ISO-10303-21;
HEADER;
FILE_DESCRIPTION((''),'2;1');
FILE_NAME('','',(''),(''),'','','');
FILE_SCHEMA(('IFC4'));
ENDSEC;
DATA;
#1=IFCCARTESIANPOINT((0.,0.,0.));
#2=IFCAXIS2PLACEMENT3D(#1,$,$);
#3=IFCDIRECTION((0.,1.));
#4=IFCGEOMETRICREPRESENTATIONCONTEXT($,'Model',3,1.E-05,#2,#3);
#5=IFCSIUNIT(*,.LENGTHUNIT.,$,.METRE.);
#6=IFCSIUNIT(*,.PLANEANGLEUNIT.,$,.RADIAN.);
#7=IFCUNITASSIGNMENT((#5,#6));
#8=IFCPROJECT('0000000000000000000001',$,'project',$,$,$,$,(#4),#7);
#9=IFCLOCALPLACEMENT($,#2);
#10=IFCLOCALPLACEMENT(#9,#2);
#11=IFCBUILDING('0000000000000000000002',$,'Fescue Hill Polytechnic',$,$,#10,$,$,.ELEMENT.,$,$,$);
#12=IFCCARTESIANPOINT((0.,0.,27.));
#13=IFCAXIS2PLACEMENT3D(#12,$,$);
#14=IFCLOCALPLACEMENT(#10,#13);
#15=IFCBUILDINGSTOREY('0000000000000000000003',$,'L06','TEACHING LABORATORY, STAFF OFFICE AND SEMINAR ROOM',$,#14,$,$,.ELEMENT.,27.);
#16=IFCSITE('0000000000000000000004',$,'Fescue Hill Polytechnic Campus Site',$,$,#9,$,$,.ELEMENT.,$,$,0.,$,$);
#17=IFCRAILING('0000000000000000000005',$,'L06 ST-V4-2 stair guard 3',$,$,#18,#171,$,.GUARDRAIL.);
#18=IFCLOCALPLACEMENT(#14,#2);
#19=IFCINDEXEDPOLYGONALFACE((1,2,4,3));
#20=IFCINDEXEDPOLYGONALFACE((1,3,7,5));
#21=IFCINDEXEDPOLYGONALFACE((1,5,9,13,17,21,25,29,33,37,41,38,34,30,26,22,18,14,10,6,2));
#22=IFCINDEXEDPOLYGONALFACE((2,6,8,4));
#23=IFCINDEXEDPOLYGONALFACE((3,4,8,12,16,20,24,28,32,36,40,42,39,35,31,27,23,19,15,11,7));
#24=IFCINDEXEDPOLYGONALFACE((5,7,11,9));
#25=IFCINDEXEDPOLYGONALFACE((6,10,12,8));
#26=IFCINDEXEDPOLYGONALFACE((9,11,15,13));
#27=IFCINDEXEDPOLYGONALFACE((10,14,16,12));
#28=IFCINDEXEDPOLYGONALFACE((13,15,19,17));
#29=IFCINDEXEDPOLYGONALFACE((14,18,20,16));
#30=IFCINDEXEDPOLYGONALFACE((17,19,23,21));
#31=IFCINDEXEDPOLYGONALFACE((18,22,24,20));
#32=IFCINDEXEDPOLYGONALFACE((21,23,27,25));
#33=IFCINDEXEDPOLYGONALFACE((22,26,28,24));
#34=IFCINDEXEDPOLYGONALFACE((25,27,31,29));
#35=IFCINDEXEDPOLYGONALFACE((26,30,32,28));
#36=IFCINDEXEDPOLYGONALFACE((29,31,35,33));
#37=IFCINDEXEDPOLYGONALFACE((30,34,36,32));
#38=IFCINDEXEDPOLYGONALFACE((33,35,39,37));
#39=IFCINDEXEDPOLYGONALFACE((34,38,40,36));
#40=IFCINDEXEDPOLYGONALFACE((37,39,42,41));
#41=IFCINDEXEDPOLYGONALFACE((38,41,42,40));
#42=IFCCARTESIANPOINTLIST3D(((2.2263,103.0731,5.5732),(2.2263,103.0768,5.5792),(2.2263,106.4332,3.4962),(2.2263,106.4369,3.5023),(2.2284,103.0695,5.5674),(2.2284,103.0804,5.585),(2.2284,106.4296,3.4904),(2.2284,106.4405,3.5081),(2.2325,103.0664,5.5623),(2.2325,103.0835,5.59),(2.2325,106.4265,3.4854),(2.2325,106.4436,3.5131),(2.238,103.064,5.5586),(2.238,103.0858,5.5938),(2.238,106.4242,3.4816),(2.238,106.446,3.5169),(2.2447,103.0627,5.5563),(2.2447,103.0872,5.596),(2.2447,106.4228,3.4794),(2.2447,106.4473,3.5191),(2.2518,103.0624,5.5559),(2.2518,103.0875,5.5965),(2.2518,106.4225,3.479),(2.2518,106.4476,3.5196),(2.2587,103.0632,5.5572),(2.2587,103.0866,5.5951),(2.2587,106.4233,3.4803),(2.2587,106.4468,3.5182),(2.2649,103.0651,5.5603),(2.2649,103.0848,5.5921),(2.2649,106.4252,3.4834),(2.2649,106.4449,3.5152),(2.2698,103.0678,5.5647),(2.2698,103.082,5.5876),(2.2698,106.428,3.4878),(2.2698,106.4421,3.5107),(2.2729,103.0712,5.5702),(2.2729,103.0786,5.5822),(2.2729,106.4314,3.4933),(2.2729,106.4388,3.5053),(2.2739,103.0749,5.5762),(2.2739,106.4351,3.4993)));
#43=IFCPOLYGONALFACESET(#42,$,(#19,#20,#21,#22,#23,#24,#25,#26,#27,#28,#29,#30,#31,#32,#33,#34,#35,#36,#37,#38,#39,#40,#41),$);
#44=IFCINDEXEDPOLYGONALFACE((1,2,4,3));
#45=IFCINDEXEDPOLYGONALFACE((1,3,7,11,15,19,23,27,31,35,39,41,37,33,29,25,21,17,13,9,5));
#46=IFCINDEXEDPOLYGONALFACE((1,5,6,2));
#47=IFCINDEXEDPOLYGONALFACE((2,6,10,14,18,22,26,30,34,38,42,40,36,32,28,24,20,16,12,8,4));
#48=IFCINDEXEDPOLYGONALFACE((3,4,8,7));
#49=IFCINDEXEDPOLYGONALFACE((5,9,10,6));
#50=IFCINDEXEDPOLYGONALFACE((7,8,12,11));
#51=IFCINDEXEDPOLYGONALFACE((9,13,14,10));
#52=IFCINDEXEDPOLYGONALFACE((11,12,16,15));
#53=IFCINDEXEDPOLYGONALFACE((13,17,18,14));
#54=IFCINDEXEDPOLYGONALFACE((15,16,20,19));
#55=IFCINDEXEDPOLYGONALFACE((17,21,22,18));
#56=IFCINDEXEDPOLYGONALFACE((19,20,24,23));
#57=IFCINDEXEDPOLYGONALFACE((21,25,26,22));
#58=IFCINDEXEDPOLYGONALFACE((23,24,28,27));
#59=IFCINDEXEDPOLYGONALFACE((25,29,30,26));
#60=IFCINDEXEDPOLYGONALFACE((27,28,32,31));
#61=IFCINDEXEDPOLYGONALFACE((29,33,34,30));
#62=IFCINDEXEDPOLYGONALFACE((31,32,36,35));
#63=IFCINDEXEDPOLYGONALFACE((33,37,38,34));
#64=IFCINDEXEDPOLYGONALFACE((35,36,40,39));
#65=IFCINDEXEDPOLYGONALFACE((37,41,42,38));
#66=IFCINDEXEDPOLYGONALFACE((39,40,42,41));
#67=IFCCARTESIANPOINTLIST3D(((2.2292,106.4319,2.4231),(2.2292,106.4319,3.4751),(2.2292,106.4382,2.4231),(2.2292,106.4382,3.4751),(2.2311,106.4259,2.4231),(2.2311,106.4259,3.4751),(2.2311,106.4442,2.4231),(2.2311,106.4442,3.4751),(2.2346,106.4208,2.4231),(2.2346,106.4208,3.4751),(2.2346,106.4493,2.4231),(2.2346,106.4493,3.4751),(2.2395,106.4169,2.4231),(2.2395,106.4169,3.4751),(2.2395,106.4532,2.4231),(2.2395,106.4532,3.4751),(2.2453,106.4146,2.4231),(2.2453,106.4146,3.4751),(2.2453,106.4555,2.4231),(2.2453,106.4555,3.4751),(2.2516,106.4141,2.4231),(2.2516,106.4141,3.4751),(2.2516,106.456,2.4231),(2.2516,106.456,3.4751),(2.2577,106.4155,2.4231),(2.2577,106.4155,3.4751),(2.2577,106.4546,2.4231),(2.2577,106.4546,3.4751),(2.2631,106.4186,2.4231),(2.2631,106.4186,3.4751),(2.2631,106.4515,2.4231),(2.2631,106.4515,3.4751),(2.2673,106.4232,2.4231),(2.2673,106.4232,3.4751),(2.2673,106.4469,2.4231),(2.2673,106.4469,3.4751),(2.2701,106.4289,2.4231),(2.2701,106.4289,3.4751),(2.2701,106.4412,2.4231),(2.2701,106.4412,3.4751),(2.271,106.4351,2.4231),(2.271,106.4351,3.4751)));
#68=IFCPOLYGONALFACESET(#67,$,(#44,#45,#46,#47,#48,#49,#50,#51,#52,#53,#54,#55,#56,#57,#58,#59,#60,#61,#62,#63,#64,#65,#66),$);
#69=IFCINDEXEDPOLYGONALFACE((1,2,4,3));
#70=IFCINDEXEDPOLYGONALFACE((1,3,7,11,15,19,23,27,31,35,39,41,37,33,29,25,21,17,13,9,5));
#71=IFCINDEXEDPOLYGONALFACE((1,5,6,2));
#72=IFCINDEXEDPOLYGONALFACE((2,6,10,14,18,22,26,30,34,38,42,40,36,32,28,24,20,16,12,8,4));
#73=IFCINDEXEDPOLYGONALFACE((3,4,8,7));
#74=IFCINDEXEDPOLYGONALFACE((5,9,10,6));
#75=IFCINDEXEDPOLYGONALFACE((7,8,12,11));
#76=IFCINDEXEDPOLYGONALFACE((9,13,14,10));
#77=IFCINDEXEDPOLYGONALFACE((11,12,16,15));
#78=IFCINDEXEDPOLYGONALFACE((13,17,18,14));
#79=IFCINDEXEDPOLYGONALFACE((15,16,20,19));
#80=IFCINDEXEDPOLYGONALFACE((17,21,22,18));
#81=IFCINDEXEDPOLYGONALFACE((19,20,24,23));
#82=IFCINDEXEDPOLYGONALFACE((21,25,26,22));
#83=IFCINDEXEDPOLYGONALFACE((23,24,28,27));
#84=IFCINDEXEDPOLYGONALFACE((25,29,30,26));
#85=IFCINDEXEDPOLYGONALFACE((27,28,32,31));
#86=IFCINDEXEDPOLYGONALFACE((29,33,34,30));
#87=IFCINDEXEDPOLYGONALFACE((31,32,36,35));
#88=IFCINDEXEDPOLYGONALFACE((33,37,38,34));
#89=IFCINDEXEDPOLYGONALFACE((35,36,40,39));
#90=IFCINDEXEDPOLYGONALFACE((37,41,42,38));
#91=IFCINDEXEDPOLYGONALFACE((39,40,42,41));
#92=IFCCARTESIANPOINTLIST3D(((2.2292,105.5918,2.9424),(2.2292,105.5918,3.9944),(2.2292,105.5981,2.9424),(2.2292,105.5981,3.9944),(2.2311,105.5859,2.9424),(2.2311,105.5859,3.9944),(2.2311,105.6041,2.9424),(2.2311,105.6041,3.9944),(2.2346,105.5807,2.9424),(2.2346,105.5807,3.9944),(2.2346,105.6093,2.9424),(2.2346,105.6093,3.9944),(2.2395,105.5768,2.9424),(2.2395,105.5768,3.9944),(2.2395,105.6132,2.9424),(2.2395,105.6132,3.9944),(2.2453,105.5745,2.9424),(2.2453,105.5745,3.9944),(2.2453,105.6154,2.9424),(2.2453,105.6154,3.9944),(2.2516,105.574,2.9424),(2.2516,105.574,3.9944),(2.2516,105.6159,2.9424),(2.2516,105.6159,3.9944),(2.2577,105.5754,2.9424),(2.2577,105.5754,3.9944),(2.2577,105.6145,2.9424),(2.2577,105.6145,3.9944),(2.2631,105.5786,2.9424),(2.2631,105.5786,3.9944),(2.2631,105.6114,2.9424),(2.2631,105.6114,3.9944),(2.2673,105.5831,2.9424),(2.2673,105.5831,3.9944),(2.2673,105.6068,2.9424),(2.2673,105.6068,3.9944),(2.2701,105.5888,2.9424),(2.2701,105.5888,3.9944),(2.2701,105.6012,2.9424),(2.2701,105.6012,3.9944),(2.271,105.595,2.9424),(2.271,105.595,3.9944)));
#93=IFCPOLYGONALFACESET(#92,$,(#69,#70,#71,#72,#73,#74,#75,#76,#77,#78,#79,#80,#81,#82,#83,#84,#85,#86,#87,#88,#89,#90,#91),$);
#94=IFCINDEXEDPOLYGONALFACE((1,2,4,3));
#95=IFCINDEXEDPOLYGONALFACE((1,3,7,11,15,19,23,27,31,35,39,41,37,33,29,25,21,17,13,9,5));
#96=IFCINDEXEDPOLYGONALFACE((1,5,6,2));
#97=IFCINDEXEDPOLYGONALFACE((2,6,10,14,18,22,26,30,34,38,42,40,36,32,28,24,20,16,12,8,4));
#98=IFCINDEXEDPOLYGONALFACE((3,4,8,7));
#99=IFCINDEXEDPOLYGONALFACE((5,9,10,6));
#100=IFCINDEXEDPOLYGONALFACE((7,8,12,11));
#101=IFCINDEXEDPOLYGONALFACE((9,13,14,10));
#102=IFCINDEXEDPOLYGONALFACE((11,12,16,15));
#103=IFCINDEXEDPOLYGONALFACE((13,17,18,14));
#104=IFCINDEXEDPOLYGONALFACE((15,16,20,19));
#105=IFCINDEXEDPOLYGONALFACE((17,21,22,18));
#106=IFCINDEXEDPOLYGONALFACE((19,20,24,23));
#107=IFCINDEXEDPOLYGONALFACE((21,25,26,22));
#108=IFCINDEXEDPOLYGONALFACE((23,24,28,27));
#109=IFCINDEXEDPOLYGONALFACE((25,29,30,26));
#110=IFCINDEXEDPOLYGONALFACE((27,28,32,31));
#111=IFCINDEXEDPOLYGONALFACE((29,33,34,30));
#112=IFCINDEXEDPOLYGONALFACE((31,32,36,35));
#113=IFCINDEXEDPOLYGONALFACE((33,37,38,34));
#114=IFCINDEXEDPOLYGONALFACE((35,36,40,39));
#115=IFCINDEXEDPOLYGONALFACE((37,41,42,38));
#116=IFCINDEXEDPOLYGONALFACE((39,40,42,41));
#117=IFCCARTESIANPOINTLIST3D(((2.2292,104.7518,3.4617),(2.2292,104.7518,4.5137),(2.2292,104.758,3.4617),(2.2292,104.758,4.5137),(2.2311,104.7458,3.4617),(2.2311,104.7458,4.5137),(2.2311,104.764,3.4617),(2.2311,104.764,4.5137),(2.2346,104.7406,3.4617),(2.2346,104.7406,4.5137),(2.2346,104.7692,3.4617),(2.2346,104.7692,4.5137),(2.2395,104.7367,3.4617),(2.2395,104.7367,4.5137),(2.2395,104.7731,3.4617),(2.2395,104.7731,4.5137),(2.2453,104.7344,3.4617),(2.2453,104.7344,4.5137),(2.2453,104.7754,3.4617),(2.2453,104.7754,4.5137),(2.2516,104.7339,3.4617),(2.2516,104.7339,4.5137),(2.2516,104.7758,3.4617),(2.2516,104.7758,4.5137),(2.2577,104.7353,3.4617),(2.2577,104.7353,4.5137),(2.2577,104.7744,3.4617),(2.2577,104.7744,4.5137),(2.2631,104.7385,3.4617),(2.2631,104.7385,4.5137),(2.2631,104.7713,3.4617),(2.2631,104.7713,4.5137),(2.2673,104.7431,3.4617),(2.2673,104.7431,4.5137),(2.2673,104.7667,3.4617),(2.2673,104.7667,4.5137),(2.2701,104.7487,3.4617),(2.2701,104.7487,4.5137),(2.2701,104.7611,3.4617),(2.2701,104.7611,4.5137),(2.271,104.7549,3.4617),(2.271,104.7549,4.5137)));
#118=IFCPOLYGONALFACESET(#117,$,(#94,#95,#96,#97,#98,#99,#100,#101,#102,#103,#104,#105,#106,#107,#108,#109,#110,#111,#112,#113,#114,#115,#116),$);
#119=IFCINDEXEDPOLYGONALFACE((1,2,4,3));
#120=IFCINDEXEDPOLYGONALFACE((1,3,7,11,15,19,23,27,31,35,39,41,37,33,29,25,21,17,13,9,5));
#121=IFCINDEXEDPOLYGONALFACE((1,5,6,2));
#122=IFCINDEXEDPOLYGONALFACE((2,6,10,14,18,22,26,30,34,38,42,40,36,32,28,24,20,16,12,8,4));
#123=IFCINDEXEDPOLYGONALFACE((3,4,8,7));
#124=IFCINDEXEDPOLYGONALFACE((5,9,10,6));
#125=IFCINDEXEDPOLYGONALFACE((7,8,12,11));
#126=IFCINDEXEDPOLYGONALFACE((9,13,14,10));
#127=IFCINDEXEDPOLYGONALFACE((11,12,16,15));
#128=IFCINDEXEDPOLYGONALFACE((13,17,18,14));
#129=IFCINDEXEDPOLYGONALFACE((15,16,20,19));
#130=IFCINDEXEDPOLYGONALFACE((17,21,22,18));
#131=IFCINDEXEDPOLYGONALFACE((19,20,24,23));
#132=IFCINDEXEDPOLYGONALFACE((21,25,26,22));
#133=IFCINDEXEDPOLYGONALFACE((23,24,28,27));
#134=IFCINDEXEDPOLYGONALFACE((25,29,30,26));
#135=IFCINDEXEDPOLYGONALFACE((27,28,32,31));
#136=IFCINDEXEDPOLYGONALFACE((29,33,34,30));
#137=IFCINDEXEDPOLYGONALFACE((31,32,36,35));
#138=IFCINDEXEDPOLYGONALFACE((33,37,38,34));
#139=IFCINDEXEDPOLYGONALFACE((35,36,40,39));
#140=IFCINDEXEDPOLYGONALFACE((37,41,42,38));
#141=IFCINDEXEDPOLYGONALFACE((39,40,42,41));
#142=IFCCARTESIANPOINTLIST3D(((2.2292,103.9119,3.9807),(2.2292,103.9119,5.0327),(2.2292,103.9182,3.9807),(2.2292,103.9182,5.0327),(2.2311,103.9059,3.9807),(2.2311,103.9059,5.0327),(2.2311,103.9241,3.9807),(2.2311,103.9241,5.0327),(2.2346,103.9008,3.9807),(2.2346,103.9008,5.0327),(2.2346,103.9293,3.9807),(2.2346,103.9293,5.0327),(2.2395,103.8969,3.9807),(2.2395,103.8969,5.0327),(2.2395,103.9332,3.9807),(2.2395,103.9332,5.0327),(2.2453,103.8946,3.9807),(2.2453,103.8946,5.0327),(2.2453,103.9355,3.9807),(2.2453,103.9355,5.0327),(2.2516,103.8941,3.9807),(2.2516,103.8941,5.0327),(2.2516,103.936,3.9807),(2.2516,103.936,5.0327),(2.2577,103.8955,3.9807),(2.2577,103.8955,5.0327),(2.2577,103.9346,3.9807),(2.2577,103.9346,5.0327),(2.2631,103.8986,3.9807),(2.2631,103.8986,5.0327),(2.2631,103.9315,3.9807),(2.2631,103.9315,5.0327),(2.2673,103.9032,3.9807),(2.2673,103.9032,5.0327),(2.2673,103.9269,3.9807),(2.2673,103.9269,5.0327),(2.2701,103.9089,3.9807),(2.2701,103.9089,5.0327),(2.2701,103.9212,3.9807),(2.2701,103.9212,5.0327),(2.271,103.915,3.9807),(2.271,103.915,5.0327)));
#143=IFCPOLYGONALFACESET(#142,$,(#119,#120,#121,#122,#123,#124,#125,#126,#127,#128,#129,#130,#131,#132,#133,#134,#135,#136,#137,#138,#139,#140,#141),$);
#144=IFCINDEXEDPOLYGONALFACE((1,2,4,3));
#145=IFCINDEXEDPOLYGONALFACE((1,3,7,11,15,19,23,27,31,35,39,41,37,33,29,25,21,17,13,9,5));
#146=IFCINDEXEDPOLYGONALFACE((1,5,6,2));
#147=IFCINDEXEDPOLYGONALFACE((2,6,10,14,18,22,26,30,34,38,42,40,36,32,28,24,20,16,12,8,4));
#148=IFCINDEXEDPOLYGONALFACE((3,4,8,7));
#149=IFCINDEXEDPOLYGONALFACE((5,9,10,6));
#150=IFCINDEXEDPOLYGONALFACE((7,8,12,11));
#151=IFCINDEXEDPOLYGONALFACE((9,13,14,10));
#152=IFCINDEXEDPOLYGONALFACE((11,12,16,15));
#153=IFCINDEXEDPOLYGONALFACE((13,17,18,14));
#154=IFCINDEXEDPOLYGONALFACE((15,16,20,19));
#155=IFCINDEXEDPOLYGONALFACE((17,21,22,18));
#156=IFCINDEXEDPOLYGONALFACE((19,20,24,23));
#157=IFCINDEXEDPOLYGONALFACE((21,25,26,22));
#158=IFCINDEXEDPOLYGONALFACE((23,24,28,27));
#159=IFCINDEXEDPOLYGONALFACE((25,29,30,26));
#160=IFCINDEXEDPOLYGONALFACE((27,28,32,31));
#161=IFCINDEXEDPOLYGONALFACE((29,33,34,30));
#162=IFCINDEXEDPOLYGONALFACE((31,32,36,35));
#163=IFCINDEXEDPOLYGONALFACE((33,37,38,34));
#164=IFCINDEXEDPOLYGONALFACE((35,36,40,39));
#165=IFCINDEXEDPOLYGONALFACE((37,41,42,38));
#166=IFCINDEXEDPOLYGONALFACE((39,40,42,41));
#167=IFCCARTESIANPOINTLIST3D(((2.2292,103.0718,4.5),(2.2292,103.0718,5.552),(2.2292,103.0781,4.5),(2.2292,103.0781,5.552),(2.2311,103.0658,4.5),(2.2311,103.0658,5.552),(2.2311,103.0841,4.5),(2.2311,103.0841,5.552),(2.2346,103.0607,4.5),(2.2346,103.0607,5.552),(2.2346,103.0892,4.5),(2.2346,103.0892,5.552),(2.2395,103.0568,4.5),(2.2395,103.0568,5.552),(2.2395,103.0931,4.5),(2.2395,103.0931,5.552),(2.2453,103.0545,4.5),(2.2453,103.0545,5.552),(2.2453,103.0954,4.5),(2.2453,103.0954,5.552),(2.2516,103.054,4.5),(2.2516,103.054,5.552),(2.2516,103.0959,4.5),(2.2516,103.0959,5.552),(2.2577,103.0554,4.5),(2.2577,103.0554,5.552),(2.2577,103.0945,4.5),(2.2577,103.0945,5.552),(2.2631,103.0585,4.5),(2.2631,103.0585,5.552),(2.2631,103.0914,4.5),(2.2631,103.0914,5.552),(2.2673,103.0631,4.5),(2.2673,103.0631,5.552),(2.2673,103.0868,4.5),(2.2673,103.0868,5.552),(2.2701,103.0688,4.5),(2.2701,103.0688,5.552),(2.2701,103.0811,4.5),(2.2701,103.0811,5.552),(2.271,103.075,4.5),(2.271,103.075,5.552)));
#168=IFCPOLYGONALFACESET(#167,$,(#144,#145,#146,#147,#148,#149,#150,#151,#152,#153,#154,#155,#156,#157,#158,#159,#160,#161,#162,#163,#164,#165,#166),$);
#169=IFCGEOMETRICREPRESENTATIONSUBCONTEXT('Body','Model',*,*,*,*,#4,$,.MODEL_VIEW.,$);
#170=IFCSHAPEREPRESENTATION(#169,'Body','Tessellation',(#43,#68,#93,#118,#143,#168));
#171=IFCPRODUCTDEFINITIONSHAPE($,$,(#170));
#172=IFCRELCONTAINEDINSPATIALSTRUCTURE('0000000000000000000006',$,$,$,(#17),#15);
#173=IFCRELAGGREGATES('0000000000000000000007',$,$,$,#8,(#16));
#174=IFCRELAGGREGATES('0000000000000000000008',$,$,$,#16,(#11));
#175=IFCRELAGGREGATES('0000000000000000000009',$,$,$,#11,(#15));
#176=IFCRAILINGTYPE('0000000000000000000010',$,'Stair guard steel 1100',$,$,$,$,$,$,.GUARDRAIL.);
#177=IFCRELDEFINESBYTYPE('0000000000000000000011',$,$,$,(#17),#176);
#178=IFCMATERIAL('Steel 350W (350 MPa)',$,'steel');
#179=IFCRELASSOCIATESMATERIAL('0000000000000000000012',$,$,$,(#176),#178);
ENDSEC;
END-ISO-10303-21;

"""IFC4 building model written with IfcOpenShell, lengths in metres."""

from ifc_helpers import new_model, si_unit, direction, frame, origin, origin_2d, place, context, subcontext, project, spatial, circle, extrude, material, type_object, element, save


model = new_model("IFC4")

# Units and contexts
model_context = context("Model", 3, precision=1e-05, world=origin(), true_north=direction((0.0, 1.0)))
body_context = subcontext(model_context, "Body", "Model", "MODEL_VIEW")
ifc_project = project(units=[si_unit("LENGTHUNIT", "METRE"), si_unit("PLANEANGLEUNIT", "RADIAN")], contexts=[model_context])

# Site, building, storey
site_placement = place(None, origin())
site = spatial("IfcSite", under=ifc_project, at=site_placement, Name="Fescue Hill Polytechnic Campus Site", CompositionType="ELEMENT", RefElevation=0.0)
building_placement = place(site_placement, origin())
building = spatial("IfcBuilding", under=site, at=building_placement, Name="Fescue Hill Polytechnic", CompositionType="ELEMENT")
storey_placement = place(building_placement, frame((0.0, 0.0, 27.0)))
storey = spatial("IfcBuildingStorey", under=building, at=storey_placement, Name="L06", Description="TEACHING LABORATORY, STAFF OFFICE AND SEMINAR ROOM", CompositionType="ELEMENT", Elevation=27.0)

# Railing
ifc_material_1 = material(Name="Steel 350W (350 MPa)", Category="steel")
railing_type_1 = type_object("IfcRailingType", Name="Stair guard steel 1100", PredefinedType="GUARDRAIL", material=ifc_material_1)
railing_1_placement = place(storey_placement, frame((2.25, 106.4351, 2.4231)))
element("IfcRailing", 1, at=railing_1_placement, inside=storey, type_object=railing_type_1, Name="L06 ST-V4-2 stair guard 3", PredefinedType="GUARDRAIL", context=body_context, shape_type="SweptSolid", body=[
    extrude(circle(Radius=0.0239, at=origin_2d()), frame((0.0, 0.0, 1.0762), z_axis=(0.0, -0.850623, 0.525776), x_axis=(1.0, 0.0, 0.0)), (0.0, 0.0, 1.0), 3.9502),
    extrude(circle(Radius=0.021, at=origin_2d()), origin(), (0.0, 0.0, 1.0), 1.052),
    extrude(circle(Radius=0.021, at=origin_2d()), frame((0.0, -0.8401, 0.5193)), (0.0, 0.0, 1.0), 1.052),
    extrude(circle(Radius=0.021, at=origin_2d()), frame((0.0, -1.6802, 1.0386)), (0.0, 0.0, 1.0), 1.052),
    extrude(circle(Radius=0.021, at=origin_2d()), frame((0.0, -2.52, 1.5576)), (0.0, 0.0, 1.0), 1.052),
    extrude(circle(Radius=0.021, at=origin_2d()), frame((0.0, -3.3601, 2.0769)), (0.0, 0.0, 1.0), 1.052),
])

save(model, "model.ifc")
